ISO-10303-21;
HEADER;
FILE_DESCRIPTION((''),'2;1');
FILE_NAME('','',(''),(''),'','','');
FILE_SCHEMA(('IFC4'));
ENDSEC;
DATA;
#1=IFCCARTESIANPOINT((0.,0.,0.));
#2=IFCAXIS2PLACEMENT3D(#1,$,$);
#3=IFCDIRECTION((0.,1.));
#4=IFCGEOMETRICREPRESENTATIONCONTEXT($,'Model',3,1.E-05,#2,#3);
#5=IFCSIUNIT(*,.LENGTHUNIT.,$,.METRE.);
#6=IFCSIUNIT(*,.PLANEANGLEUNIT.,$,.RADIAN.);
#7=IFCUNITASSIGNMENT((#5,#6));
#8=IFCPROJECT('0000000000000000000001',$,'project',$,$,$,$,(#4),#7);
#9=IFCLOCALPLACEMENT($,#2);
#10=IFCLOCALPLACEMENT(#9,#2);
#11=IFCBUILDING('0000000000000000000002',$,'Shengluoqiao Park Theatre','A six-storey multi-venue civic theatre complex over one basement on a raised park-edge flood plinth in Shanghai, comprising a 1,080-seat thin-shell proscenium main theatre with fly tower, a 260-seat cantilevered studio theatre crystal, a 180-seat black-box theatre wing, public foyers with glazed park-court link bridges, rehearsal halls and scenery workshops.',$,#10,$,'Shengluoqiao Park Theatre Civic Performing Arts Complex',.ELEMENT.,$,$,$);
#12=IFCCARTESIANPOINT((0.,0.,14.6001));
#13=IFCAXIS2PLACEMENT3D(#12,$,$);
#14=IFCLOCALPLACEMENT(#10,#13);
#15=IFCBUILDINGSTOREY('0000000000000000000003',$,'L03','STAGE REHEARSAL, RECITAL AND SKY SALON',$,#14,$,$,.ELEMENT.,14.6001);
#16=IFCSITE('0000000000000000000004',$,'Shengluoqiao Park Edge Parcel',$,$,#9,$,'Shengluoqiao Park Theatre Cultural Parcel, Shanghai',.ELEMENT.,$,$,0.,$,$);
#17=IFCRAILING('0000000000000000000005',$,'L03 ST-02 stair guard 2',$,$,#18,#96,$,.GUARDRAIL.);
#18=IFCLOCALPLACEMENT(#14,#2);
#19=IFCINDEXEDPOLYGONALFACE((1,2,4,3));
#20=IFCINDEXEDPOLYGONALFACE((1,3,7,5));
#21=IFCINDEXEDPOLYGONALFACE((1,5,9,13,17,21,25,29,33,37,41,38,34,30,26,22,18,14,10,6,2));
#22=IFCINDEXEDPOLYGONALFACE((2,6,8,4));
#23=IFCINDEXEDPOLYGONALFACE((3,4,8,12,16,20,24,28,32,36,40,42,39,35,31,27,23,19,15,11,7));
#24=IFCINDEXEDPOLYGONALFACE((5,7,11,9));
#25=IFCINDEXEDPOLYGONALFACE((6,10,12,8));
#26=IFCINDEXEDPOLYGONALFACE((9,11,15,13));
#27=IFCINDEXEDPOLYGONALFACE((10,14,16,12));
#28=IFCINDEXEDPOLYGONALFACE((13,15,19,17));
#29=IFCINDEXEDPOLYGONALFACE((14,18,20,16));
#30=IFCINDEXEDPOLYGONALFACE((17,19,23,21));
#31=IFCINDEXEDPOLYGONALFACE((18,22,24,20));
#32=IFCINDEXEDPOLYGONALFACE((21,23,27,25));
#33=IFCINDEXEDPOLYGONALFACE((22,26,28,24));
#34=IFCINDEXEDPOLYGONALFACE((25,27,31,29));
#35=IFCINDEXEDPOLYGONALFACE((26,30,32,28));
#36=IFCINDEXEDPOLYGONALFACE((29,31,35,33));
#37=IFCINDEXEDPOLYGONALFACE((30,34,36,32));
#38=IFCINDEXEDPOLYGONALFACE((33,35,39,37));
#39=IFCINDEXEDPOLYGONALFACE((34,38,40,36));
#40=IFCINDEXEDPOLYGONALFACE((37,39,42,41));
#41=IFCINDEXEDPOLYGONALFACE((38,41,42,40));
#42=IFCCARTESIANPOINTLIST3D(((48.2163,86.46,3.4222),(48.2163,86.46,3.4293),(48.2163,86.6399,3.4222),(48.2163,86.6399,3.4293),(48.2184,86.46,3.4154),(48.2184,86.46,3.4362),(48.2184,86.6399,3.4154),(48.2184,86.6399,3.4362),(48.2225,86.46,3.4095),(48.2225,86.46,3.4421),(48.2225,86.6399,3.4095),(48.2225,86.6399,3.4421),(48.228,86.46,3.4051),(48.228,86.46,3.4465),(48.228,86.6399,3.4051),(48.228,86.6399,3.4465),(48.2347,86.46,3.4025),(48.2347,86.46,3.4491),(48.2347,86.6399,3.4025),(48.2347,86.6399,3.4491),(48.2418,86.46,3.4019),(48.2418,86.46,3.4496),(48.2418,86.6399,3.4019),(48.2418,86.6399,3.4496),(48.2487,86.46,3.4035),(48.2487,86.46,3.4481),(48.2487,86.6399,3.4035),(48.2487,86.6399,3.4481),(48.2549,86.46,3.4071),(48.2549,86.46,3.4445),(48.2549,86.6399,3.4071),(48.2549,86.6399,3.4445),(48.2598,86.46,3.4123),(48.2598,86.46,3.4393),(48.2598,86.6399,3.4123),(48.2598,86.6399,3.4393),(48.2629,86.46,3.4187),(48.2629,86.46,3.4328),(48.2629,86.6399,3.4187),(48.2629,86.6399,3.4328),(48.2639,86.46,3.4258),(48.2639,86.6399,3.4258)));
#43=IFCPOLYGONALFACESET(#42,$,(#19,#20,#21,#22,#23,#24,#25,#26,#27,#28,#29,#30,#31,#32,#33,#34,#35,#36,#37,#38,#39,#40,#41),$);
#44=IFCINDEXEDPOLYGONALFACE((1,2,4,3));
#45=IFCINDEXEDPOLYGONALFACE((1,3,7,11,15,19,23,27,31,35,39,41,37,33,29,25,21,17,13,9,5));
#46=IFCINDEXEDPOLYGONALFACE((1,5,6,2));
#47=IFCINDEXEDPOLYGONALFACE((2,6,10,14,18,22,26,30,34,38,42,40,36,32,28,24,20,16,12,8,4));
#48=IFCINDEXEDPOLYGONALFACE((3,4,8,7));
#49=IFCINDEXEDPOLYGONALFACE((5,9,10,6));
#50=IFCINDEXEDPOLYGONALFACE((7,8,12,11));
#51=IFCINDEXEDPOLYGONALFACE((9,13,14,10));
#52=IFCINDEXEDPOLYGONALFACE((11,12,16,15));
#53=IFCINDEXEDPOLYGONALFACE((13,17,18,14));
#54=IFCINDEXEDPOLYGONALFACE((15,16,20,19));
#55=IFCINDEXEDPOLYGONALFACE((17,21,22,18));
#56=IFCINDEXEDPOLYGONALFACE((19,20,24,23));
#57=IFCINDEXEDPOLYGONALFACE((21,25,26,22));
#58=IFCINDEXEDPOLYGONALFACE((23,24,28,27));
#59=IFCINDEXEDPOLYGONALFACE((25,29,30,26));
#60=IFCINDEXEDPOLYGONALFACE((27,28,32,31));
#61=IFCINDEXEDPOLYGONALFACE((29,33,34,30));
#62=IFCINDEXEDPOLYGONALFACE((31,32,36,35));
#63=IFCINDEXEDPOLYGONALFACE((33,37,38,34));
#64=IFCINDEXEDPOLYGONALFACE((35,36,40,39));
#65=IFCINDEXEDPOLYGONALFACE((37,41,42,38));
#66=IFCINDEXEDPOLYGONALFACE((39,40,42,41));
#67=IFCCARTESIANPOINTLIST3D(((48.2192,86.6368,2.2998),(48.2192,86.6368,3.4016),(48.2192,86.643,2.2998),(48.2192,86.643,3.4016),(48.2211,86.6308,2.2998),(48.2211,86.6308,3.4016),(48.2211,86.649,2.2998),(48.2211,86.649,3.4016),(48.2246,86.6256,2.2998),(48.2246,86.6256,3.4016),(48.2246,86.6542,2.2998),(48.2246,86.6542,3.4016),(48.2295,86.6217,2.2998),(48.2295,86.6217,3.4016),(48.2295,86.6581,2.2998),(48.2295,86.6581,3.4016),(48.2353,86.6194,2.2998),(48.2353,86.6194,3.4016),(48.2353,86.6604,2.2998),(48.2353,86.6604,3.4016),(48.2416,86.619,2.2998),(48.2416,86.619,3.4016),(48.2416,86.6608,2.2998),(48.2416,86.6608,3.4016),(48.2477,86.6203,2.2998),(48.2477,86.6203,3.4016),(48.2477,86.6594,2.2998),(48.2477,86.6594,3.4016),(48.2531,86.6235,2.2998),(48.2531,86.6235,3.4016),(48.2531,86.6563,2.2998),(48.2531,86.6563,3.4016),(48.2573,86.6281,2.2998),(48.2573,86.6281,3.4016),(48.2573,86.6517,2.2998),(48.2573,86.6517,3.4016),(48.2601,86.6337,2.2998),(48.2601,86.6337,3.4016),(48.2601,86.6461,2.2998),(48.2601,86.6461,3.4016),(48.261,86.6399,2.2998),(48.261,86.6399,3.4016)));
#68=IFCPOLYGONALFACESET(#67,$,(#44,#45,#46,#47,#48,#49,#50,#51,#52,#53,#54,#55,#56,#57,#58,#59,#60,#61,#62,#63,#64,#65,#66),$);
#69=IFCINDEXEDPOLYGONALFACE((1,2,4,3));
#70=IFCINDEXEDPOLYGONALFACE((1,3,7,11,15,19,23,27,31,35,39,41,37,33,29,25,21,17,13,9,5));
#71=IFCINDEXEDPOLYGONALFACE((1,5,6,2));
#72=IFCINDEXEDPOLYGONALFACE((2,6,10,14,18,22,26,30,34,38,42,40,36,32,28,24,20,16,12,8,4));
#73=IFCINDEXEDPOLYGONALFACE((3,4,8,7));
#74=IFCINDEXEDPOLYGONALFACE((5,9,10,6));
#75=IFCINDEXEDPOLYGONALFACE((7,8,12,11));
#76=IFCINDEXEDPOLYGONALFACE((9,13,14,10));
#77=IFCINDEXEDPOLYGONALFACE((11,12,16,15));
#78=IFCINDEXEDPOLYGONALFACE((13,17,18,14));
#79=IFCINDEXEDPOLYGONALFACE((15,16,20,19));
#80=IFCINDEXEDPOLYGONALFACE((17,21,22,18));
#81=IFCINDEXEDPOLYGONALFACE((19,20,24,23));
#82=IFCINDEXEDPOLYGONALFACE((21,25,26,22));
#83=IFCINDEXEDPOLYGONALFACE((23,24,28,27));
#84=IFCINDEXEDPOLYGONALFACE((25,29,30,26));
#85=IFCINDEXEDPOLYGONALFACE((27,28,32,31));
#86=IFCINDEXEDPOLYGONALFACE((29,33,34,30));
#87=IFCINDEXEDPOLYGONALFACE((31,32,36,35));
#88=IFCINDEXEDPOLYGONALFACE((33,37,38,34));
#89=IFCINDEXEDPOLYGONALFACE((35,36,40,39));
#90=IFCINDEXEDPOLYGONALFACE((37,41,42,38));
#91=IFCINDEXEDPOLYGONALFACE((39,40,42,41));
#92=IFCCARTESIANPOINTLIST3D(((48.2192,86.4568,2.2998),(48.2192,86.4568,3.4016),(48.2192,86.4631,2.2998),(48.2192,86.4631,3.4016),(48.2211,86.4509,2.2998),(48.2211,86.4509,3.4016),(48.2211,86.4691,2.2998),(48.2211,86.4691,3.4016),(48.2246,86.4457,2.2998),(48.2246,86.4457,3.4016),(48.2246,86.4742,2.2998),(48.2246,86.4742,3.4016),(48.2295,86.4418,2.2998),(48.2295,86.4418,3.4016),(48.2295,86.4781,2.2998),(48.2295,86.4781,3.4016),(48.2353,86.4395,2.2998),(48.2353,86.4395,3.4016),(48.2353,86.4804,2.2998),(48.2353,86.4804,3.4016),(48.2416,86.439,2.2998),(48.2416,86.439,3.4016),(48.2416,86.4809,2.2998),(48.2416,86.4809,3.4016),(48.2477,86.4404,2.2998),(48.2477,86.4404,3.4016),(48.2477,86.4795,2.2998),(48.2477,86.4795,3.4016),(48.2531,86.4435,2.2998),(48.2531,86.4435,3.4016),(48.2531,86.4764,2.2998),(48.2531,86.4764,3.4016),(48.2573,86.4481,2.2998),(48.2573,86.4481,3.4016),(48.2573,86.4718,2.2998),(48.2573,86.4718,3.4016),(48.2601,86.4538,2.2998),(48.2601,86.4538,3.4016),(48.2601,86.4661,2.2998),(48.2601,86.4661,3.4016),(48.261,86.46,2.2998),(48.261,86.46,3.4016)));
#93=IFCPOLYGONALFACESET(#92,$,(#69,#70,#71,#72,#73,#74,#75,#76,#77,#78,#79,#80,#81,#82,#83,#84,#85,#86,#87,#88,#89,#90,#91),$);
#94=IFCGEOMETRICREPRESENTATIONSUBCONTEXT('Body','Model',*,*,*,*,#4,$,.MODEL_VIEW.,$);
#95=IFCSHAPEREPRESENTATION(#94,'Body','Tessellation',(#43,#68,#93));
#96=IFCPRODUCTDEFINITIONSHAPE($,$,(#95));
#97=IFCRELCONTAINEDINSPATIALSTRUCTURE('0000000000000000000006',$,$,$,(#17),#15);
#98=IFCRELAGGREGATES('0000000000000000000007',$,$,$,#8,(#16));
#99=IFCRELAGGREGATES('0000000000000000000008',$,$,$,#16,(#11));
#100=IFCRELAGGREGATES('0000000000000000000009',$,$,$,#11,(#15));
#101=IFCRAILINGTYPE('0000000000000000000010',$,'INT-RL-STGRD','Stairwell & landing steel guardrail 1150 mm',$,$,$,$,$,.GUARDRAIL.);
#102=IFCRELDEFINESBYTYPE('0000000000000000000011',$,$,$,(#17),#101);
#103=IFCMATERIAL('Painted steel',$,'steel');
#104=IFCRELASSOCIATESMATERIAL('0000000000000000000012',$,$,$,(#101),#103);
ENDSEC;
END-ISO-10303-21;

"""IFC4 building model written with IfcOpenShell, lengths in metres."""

from ifc_helpers import new_model, si_unit, direction, frame, origin, origin_2d, place, context, subcontext, project, spatial, circle, extrude, material, type_object, element, save


model = new_model("IFC4")

# Units and contexts
model_context = context("Model", 3, precision=1e-05, world=origin(), true_north=direction((0.0, 1.0)))
body_context = subcontext(model_context, "Body", "Model", "MODEL_VIEW")
ifc_project = project(units=[si_unit("LENGTHUNIT", "METRE"), si_unit("PLANEANGLEUNIT", "RADIAN")], contexts=[model_context])

# Site, building, storey
site_placement = place(None, origin())
site = spatial("IfcSite", under=ifc_project, at=site_placement, Name="Shengluoqiao Park Edge Parcel", LongName="Shengluoqiao Park Theatre Cultural Parcel, Shanghai", CompositionType="ELEMENT", RefElevation=0.0)
building_placement = place(site_placement, origin())
building = spatial("IfcBuilding", under=site, at=building_placement, Name="Shengluoqiao Park Theatre", Description="A six-storey multi-venue civic theatre complex over one basement on a raised park-edge flood plinth in Shanghai, comprising a 1,080-seat thin-shell proscenium main theatre with fly tower, a 260-seat cantilevered studio theatre crystal, a 180-seat black-box theatre wing, public foyers with glazed park-court link bridges, rehearsal halls and scenery workshops.", LongName="Shengluoqiao Park Theatre Civic Performing Arts Complex", CompositionType="ELEMENT")
storey_placement = place(building_placement, frame((0.0, 0.0, 14.6001)))
storey = spatial("IfcBuildingStorey", under=building, at=storey_placement, Name="L03", Description="STAGE REHEARSAL, RECITAL AND SKY SALON", CompositionType="ELEMENT", Elevation=14.6001)

# Railing
ifc_material_1 = material(Name="Painted steel", Category="steel")
railing_type_1 = type_object("IfcRailingType", Name="INT-RL-STGRD", Description="Stairwell & landing steel guardrail 1150 mm", PredefinedType="GUARDRAIL", material=ifc_material_1)
railing_1_placement = place(storey_placement, frame((48.24, 86.6399, 2.2998)))
element("IfcRailing", 1, at=railing_1_placement, inside=storey, type_object=railing_type_1, Name="L03 ST-02 stair guard 2", PredefinedType="GUARDRAIL", context=body_context, shape_type="SweptSolid", body=[
    extrude(circle(Radius=0.0239, at=origin_2d()), frame((0.0, 0.0, 1.126), z_axis=(0.0, -1.0, 0.0), x_axis=(1.0, 0.0, 0.0)), (0.0, 0.0, 1.0), 0.1799),
    extrude(circle(Radius=0.021, at=origin_2d()), origin(), (0.0, 0.0, 1.0), 1.1018),
    extrude(circle(Radius=0.021, at=origin_2d()), frame((0.0, -0.1799, 0.0)), (0.0, 0.0, 1.0), 1.1018),
])

save(model, "model.ifc")
